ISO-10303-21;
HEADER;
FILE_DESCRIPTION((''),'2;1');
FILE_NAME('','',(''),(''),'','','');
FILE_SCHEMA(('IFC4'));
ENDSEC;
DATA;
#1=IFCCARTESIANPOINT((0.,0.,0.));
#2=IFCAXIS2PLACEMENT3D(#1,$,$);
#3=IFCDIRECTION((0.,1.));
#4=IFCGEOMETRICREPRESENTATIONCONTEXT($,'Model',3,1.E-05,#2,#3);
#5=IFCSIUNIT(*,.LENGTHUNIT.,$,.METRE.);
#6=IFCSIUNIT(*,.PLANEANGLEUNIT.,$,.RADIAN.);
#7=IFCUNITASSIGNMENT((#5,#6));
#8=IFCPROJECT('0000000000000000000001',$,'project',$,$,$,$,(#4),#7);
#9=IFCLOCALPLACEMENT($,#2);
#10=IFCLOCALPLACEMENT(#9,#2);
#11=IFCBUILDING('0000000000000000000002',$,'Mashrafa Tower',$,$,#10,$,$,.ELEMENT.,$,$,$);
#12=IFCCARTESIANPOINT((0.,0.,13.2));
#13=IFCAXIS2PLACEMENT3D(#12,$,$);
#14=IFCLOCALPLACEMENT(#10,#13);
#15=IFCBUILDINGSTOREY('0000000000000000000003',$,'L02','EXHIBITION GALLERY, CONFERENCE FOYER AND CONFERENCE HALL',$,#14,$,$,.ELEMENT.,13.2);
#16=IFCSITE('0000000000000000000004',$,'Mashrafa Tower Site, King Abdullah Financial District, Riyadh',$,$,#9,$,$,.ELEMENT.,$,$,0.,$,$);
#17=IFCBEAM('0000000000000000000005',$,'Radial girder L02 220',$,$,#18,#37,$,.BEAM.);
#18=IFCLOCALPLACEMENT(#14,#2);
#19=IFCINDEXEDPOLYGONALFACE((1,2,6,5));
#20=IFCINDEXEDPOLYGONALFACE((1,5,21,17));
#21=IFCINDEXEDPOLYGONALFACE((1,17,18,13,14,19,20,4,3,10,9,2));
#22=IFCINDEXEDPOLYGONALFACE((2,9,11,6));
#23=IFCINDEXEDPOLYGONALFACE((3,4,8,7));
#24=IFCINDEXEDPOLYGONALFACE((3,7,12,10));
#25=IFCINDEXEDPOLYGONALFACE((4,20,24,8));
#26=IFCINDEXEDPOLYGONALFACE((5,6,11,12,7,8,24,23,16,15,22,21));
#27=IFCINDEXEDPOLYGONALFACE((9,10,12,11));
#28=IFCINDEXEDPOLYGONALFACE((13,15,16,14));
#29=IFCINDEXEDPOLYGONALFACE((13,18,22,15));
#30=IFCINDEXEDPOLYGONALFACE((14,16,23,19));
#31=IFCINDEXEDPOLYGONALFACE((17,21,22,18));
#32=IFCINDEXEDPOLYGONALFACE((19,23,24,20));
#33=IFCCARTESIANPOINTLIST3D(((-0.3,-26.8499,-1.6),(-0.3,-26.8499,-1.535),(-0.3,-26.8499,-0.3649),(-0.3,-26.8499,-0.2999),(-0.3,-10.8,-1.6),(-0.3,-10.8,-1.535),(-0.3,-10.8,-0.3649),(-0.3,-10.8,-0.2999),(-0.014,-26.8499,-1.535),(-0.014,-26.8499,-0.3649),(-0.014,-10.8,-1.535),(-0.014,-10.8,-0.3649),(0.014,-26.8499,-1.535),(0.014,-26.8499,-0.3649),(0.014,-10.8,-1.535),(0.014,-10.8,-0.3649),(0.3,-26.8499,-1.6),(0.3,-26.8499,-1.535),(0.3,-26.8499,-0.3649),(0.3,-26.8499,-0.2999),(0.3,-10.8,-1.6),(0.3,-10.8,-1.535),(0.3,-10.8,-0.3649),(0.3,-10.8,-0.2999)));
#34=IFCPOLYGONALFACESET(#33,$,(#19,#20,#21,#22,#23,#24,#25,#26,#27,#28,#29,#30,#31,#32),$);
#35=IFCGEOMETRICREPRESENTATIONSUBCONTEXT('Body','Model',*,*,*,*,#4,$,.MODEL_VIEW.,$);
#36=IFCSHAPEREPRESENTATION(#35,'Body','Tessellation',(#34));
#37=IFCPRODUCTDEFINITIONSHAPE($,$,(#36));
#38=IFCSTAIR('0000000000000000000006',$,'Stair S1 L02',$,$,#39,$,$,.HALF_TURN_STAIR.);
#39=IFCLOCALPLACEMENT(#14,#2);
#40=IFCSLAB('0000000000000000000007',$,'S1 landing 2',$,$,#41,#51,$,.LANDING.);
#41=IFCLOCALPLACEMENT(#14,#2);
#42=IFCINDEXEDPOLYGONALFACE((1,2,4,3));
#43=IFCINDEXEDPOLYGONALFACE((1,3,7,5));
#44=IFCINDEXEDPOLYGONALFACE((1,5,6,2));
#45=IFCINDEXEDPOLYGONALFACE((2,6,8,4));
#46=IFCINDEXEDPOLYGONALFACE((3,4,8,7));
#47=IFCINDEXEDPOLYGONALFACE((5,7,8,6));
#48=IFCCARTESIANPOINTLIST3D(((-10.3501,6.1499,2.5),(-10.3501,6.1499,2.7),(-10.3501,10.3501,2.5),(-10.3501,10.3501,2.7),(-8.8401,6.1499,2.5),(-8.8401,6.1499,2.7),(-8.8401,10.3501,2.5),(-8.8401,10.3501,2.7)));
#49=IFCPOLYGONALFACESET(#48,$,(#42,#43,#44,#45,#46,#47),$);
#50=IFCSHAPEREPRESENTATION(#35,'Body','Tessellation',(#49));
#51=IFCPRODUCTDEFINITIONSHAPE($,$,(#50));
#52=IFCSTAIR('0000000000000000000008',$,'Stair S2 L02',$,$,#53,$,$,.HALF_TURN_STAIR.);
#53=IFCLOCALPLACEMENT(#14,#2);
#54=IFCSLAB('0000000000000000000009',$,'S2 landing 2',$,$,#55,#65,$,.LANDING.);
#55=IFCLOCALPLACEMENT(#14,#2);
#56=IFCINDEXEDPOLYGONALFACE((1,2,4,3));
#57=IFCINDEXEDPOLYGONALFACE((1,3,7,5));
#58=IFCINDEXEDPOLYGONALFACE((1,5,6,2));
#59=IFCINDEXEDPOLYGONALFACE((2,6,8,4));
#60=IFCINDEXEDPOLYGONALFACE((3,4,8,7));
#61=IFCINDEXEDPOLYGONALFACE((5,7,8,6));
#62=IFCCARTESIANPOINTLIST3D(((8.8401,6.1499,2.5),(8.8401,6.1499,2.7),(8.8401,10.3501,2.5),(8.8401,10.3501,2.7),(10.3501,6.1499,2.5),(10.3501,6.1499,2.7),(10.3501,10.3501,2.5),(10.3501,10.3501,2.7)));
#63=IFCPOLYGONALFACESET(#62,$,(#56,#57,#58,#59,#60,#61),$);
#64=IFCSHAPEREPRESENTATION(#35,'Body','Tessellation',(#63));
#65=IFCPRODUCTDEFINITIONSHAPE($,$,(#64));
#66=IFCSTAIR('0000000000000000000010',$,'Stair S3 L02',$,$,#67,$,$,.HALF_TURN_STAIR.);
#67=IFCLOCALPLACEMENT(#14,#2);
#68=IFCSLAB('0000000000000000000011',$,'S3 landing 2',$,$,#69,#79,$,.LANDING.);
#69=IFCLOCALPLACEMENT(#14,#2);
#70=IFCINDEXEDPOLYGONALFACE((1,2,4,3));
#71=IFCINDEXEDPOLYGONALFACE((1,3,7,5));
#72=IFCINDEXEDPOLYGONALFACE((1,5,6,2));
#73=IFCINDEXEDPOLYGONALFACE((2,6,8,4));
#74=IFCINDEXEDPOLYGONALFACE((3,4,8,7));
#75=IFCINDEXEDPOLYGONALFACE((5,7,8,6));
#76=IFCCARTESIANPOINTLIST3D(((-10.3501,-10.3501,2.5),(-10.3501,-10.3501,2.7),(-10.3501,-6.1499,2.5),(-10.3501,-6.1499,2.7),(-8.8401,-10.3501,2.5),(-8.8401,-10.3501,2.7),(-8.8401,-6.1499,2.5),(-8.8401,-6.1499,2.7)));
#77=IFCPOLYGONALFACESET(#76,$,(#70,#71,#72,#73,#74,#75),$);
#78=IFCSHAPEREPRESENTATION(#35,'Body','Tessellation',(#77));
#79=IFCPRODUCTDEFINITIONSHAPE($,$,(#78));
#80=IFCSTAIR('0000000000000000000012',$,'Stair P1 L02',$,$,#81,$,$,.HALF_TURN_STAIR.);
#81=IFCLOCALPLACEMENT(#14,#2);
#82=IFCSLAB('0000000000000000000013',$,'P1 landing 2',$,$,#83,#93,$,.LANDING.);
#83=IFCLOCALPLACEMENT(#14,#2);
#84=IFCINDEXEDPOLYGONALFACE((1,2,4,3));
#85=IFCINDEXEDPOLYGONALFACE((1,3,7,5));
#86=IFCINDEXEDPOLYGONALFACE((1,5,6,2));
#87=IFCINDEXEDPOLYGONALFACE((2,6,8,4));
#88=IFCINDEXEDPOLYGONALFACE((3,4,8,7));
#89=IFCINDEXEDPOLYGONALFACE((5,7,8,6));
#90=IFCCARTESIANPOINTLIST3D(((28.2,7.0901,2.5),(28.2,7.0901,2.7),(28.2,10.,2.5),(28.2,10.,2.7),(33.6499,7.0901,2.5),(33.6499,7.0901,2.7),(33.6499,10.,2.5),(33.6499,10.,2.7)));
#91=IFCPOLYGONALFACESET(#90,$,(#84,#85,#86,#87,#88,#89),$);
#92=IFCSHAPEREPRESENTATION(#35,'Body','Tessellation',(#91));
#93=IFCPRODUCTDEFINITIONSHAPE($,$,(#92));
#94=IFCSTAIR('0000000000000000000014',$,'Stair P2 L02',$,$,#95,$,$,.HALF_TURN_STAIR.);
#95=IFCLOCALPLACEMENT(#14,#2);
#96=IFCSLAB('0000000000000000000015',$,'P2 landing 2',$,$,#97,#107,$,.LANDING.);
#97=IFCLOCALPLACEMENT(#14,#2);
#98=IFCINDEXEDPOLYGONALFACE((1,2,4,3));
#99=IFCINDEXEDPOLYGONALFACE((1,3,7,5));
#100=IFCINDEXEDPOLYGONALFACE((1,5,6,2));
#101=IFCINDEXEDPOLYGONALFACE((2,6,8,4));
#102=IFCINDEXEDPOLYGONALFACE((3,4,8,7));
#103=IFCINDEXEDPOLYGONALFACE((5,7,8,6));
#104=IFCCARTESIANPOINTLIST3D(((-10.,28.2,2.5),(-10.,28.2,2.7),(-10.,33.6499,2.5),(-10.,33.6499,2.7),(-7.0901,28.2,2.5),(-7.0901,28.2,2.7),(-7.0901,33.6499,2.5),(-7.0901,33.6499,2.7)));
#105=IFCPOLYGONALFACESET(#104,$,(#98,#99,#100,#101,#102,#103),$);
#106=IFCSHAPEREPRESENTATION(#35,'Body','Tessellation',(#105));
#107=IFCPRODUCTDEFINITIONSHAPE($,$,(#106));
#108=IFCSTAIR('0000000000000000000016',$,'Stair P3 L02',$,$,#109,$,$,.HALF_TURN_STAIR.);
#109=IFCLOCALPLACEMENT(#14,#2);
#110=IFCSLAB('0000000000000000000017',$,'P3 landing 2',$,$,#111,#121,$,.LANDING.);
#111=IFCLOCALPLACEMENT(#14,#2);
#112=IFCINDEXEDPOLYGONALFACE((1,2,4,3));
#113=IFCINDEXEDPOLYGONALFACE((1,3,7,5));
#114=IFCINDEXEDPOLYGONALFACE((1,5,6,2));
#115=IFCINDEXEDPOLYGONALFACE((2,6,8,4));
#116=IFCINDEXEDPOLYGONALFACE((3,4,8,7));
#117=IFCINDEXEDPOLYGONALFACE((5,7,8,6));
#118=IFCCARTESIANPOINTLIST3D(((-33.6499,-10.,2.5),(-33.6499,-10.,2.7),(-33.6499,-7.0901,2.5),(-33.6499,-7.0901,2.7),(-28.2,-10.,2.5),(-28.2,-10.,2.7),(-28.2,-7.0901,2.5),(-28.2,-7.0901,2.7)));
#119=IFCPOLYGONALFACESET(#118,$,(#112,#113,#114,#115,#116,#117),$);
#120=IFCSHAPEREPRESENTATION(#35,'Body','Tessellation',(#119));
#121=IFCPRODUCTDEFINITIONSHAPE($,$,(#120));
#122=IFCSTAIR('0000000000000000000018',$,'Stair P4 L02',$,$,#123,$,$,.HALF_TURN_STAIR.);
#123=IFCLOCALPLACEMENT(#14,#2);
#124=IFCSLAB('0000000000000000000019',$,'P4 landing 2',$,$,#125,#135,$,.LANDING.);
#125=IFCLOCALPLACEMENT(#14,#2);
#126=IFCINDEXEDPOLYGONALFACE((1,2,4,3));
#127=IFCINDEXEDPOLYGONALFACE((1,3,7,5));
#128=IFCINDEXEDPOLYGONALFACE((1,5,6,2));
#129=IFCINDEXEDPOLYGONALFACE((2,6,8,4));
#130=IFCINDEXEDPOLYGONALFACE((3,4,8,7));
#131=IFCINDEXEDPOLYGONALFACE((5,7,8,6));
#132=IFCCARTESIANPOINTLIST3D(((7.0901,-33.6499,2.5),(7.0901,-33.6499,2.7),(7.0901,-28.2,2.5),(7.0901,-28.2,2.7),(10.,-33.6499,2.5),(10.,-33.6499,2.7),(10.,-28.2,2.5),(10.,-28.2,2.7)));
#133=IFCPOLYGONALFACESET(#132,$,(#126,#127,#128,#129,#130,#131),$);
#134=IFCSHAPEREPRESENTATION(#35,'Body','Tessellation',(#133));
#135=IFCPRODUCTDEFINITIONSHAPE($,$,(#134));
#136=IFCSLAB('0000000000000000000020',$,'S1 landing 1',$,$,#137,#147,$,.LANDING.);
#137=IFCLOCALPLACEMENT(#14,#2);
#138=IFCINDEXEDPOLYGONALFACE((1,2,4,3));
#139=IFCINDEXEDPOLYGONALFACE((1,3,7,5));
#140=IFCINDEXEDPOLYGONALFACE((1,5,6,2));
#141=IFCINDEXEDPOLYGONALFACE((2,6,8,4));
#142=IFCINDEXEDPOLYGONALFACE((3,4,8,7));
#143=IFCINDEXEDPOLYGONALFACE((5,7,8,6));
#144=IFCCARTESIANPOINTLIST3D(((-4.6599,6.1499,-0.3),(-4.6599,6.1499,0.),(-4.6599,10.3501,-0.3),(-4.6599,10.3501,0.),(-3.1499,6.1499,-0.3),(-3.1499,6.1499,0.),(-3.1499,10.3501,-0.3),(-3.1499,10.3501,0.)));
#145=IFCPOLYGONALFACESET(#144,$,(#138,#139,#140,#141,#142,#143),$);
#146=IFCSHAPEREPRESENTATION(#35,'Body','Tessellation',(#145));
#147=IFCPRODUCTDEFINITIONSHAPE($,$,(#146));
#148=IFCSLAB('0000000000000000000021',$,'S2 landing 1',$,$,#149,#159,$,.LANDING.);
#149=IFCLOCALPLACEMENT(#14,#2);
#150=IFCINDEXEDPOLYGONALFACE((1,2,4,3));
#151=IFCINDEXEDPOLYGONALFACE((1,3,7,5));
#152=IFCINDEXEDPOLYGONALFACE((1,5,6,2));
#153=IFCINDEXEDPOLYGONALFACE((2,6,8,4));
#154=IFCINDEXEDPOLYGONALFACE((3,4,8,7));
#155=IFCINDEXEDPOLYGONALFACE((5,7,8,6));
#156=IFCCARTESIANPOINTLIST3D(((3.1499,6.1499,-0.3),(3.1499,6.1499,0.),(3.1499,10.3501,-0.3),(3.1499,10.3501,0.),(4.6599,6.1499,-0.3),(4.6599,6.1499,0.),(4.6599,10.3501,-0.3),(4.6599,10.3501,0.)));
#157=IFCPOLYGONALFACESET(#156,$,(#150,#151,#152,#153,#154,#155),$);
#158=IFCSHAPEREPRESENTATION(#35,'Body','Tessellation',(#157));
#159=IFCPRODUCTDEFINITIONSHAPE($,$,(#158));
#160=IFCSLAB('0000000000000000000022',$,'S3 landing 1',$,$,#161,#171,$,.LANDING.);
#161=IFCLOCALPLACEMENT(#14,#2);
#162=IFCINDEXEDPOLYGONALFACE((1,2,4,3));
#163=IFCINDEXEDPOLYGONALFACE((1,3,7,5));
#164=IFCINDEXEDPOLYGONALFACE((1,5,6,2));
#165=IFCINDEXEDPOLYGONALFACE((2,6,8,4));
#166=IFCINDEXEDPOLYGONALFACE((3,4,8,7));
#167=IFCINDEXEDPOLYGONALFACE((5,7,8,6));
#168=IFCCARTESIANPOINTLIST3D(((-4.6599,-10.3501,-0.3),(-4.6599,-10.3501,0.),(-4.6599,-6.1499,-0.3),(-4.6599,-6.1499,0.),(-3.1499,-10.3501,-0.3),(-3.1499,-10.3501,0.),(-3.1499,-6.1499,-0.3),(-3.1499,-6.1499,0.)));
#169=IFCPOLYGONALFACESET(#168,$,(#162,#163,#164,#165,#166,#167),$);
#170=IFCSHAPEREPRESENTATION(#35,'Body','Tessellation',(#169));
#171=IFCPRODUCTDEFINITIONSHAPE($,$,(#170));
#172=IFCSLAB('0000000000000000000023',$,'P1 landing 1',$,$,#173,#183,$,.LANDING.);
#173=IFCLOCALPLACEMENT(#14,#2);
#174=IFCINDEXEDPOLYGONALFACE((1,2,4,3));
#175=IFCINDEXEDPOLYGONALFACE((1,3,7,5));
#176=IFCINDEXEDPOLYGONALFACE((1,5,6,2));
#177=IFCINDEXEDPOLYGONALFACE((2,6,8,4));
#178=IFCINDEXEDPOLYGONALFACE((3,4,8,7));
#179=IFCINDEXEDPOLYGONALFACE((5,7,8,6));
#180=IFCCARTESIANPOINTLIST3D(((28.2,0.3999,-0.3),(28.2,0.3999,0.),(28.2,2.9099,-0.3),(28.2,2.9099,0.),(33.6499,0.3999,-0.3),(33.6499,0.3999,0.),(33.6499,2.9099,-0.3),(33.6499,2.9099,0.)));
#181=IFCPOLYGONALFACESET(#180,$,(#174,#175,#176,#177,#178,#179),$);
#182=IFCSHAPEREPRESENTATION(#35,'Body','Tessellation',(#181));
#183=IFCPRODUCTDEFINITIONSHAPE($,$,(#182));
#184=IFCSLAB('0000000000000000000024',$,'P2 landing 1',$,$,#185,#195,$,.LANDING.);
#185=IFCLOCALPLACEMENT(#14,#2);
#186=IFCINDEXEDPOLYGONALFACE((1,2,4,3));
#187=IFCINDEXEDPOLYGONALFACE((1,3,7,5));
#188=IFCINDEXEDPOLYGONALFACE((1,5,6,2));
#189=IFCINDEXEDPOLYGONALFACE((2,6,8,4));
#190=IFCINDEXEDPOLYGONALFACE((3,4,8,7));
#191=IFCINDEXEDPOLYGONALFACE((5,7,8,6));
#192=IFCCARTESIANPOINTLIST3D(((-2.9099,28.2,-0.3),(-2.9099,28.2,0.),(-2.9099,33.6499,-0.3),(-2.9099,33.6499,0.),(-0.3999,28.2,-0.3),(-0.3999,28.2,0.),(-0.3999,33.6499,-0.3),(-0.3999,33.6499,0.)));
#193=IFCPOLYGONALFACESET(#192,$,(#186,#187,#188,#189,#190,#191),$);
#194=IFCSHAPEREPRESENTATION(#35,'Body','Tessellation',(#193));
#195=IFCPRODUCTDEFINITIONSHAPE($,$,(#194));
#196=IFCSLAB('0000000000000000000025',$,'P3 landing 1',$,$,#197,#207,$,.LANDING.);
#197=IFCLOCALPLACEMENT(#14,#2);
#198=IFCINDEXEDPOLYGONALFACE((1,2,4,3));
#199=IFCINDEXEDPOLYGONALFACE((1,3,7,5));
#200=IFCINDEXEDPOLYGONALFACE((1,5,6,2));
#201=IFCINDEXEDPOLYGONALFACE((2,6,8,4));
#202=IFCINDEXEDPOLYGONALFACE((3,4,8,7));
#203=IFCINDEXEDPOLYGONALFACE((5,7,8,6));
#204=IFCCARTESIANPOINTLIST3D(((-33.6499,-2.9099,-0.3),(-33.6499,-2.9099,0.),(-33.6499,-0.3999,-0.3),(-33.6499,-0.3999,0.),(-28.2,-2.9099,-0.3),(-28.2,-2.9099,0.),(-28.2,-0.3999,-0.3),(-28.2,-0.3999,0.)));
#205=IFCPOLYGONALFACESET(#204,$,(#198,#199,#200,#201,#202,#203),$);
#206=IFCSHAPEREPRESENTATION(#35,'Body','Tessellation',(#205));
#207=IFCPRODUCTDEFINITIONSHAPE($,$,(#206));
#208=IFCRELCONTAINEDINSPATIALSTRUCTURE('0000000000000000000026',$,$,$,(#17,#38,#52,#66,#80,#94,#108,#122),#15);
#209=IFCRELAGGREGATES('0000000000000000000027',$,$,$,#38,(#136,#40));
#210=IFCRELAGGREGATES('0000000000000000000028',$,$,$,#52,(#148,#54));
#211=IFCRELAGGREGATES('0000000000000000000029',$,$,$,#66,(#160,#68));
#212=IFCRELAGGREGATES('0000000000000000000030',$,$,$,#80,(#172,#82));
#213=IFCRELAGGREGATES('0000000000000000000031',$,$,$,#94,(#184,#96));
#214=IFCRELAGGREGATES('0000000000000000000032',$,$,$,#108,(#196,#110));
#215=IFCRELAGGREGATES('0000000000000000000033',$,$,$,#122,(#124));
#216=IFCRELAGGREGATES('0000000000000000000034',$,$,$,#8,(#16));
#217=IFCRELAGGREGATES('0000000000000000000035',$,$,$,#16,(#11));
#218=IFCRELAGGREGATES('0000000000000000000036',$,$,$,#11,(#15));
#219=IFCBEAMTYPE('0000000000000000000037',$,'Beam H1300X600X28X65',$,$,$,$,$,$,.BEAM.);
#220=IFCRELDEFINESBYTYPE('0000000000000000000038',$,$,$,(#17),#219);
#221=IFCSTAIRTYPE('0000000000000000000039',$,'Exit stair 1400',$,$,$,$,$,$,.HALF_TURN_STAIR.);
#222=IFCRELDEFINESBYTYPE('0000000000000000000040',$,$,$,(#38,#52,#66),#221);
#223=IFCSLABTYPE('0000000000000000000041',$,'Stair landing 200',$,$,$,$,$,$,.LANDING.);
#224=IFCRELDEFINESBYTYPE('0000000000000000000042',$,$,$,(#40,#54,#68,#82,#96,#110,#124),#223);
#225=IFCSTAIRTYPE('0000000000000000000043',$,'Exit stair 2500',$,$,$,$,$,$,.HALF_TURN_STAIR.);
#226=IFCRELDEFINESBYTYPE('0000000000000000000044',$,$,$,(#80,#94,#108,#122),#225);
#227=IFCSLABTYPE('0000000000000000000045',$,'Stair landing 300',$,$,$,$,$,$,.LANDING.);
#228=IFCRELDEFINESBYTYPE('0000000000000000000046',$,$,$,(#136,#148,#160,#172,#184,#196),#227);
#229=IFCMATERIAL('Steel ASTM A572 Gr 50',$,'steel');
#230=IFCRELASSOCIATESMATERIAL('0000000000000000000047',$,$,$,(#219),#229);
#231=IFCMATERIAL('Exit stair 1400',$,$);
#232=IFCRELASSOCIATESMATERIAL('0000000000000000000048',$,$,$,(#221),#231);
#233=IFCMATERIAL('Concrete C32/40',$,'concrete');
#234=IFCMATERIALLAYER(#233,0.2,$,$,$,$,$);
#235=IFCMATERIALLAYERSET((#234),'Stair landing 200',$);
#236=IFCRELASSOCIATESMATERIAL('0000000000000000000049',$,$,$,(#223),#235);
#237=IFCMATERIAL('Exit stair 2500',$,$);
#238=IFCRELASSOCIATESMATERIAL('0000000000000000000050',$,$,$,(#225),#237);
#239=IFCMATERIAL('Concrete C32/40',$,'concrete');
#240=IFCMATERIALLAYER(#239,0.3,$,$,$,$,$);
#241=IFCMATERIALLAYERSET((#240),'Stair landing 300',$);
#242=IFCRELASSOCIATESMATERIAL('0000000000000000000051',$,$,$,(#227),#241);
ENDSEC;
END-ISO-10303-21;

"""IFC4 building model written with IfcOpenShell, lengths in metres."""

from ifc_helpers import new_model, si_unit, direction, frame, origin, origin_2d, place, context, subcontext, project, spatial, polyline, i_section, outline, extrude, material, layer, layer_set, material_profile, profile_set, type_object, element, aggregate, save


model = new_model("IFC4")

# Units and contexts
model_context = context("Model", 3, precision=1e-05, world=origin(), true_north=direction((0.0, 1.0)))
body_context = subcontext(model_context, "Body", "Model", "MODEL_VIEW")
ifc_project = project(units=[si_unit("LENGTHUNIT", "METRE"), si_unit("PLANEANGLEUNIT", "RADIAN")], contexts=[model_context])

# Site, building, storey
site_placement = place(None, origin())
site = spatial("IfcSite", under=ifc_project, at=site_placement, Name="Mashrafa Tower Site, King Abdullah Financial District, Riyadh", CompositionType="ELEMENT", RefElevation=0.0)
building_placement = place(site_placement, origin())
building = spatial("IfcBuilding", under=site, at=building_placement, Name="Mashrafa Tower", CompositionType="ELEMENT")
storey_placement = place(building_placement, frame((0.0, 0.0, 13.2)))
storey = spatial("IfcBuildingStorey", under=building, at=storey_placement, Name="L02", Description="EXHIBITION GALLERY, CONFERENCE FOYER AND CONFERENCE HALL", CompositionType="ELEMENT", Elevation=13.2)

# Beam
ifc_material_1 = material(Name="Steel ASTM A572 Gr 50", Category="steel")
ifc_material_profile = material_profile(ifc_material_1, i_section(OverallWidth=0.6001, OverallDepth=1.3, WebThickness=0.0281, FlangeThickness=0.0649, at=origin_2d()), Name="H1300X600X28X65")
ifc_profile_set = profile_set([ifc_material_profile], Name="Steel ASTM A572 Gr 50")
beam_type = type_object("IfcBeamType", Name="Beam H1300X600X28X65", PredefinedType="BEAM", material=ifc_profile_set)
beam_placement = place(storey_placement, frame((0.0, -10.8, -0.95), z_axis=(0.0, -1.0, 0.0), x_axis=(1.0, 0.0, 0.0)))
element("IfcBeam", 1, at=beam_placement, inside=storey, type_object=beam_type, Name="Radial girder L02 220", PredefinedType="BEAM", context=body_context, shape_type="SweptSolid", body=[
    extrude(i_section(OverallWidth=0.6001, OverallDepth=1.3, WebThickness=0.0281, FlangeThickness=0.0649, at=origin_2d()), origin(), (0.0, 0.0, 1.0), 16.0498),
])

# Stairs, slabs
ifc_material_2 = material(Name="Exit stair 1400")
stair_type_1 = type_object("IfcStairType", Name="Exit stair 1400", PredefinedType="HALF_TURN_STAIR", material=ifc_material_2)
stair_1_placement = place(storey_placement, origin())
stair_1 = element("IfcStair", 2, at=stair_1_placement, inside=storey, type_object=stair_type_1, Name="Stair S1 L02", PredefinedType="HALF_TURN_STAIR")
ifc_material_3 = material(Name="Concrete C32/40", Category="concrete")
ifc_layer_1 = layer(ifc_material_3, 0.2)
ifc_layer_set_1 = layer_set([ifc_layer_1], Name="Stair landing 200")
slab_type_1 = type_object("IfcSlabType", Name="Stair landing 200", PredefinedType="LANDING", material=ifc_layer_set_1)
slab_1_placement = place(storey_placement, frame((0.0, 0.0, 2.5)))
slab_1 = element("IfcSlab", 3, at=slab_1_placement, type_object=slab_type_1, Name="S1 landing 2", PredefinedType="LANDING", context=body_context, shape_type="SweptSolid", body=[
    extrude(outline(polyline([(-10.3501, 6.1499), (-8.8401, 6.1499), (-8.8401, 10.3501), (-10.3501, 10.3501), (-10.3501, 6.1499)])), origin(), (0.0, 0.0, 1.0), 0.2),
])
stair_2_placement = place(storey_placement, origin())
stair_2 = element("IfcStair", 4, at=stair_2_placement, inside=storey, type_object=stair_type_1, Name="Stair S2 L02", PredefinedType="HALF_TURN_STAIR")
slab_2_placement = place(storey_placement, frame((0.0, 0.0, 2.5)))
slab_2 = element("IfcSlab", 5, at=slab_2_placement, type_object=slab_type_1, Name="S2 landing 2", PredefinedType="LANDING", context=body_context, shape_type="SweptSolid", body=[
    extrude(outline(polyline([(8.8401, 6.1499), (10.3501, 6.1499), (10.3501, 10.3501), (8.8401, 10.3501), (8.8401, 6.1499)])), origin(), (0.0, 0.0, 1.0), 0.2),
])
stair_3_placement = place(storey_placement, origin())
stair_3 = element("IfcStair", 6, at=stair_3_placement, inside=storey, type_object=stair_type_1, Name="Stair S3 L02", PredefinedType="HALF_TURN_STAIR")
slab_3_placement = place(storey_placement, frame((0.0, 0.0, 2.5)))
slab_3 = element("IfcSlab", 7, at=slab_3_placement, type_object=slab_type_1, Name="S3 landing 2", PredefinedType="LANDING", context=body_context, shape_type="SweptSolid", body=[
    extrude(outline(polyline([(-10.3501, -10.3501), (-8.8401, -10.3501), (-8.8401, -6.1499), (-10.3501, -6.1499), (-10.3501, -10.3501)])), origin(), (0.0, 0.0, 1.0), 0.2),
])
ifc_material_4 = material(Name="Exit stair 2500")
stair_type_2 = type_object("IfcStairType", Name="Exit stair 2500", PredefinedType="HALF_TURN_STAIR", material=ifc_material_4)
stair_4_placement = place(storey_placement, origin())
stair_4 = element("IfcStair", 8, at=stair_4_placement, inside=storey, type_object=stair_type_2, Name="Stair P1 L02", PredefinedType="HALF_TURN_STAIR")
slab_4_placement = place(storey_placement, frame((0.0, 0.0, 2.5)))
slab_4 = element("IfcSlab", 9, at=slab_4_placement, type_object=slab_type_1, Name="P1 landing 2", PredefinedType="LANDING", context=body_context, shape_type="SweptSolid", body=[
    extrude(outline(polyline([(33.6499, 7.0901), (33.6499, 10.0), (28.2, 10.0), (28.2, 7.0901), (33.6499, 7.0901)])), origin(), (0.0, 0.0, 1.0), 0.2),
])
stair_5_placement = place(storey_placement, origin())
stair_5 = element("IfcStair", 10, at=stair_5_placement, inside=storey, type_object=stair_type_2, Name="Stair P2 L02", PredefinedType="HALF_TURN_STAIR")
slab_5_placement = place(storey_placement, frame((0.0, 0.0, 2.5)))
slab_5 = element("IfcSlab", 11, at=slab_5_placement, type_object=slab_type_1, Name="P2 landing 2", PredefinedType="LANDING", context=body_context, shape_type="SweptSolid", body=[
    extrude(outline(polyline([(-10.0, 28.2), (-7.0901, 28.2), (-7.0901, 33.6499), (-10.0, 33.6499), (-10.0, 28.2)])), origin(), (0.0, 0.0, 1.0), 0.2),
])
stair_6_placement = place(storey_placement, origin())
stair_6 = element("IfcStair", 12, at=stair_6_placement, inside=storey, type_object=stair_type_2, Name="Stair P3 L02", PredefinedType="HALF_TURN_STAIR")
slab_6_placement = place(storey_placement, frame((0.0, 0.0, 2.5)))
slab_6 = element("IfcSlab", 13, at=slab_6_placement, type_object=slab_type_1, Name="P3 landing 2", PredefinedType="LANDING", context=body_context, shape_type="SweptSolid", body=[
    extrude(outline(polyline([(-28.2, -10.0), (-28.2, -7.0901), (-33.6499, -7.0901), (-33.6499, -10.0), (-28.2, -10.0)])), origin(), (0.0, 0.0, 1.0), 0.2),
])
stair_7_placement = place(storey_placement, origin())
stair_7 = element("IfcStair", 14, at=stair_7_placement, inside=storey, type_object=stair_type_2, Name="Stair P4 L02", PredefinedType="HALF_TURN_STAIR")
slab_7_placement = place(storey_placement, frame((0.0, 0.0, 2.5)))
slab_7 = element("IfcSlab", 15, at=slab_7_placement, type_object=slab_type_1, Name="P4 landing 2", PredefinedType="LANDING", context=body_context, shape_type="SweptSolid", body=[
    extrude(outline(polyline([(7.0901, -33.6499), (10.0, -33.6499), (10.0, -28.2), (7.0901, -28.2), (7.0901, -33.6499)])), origin(), (0.0, 0.0, 1.0), 0.2),
])

# Slabs
ifc_material_5 = material(Name="Concrete C32/40", Category="concrete")
ifc_layer_2 = layer(ifc_material_5, 0.3)
ifc_layer_set_2 = layer_set([ifc_layer_2], Name="Stair landing 300")
slab_type_2 = type_object("IfcSlabType", Name="Stair landing 300", PredefinedType="LANDING", material=ifc_layer_set_2)
slab_8_placement = place(storey_placement, frame((0.0, 0.0, -0.3)))
slab_8 = element("IfcSlab", 16, at=slab_8_placement, type_object=slab_type_2, Name="S1 landing 1", PredefinedType="LANDING", context=body_context, shape_type="SweptSolid", body=[
    extrude(outline(polyline([(-4.6599, 6.1499), (-3.1499, 6.1499), (-3.1499, 10.3501), (-4.6599, 10.3501), (-4.6599, 6.1499)])), origin(), (0.0, 0.0, 1.0), 0.3),
])
aggregate(stair_1, [slab_8, slab_1])
slab_9_placement = place(storey_placement, frame((0.0, 0.0, -0.3)))
slab_9 = element("IfcSlab", 17, at=slab_9_placement, type_object=slab_type_2, Name="S2 landing 1", PredefinedType="LANDING", context=body_context, shape_type="SweptSolid", body=[
    extrude(outline(polyline([(3.1499, 6.1499), (4.6599, 6.1499), (4.6599, 10.3501), (3.1499, 10.3501), (3.1499, 6.1499)])), origin(), (0.0, 0.0, 1.0), 0.3),
])
aggregate(stair_2, [slab_9, slab_2])
slab_10_placement = place(storey_placement, frame((0.0, 0.0, -0.3)))
slab_10 = element("IfcSlab", 18, at=slab_10_placement, type_object=slab_type_2, Name="S3 landing 1", PredefinedType="LANDING", context=body_context, shape_type="SweptSolid", body=[
    extrude(outline(polyline([(-4.6599, -10.3501), (-3.1499, -10.3501), (-3.1499, -6.1499), (-4.6599, -6.1499), (-4.6599, -10.3501)])), origin(), (0.0, 0.0, 1.0), 0.3),
])
aggregate(stair_3, [slab_10, slab_3])
slab_11_placement = place(storey_placement, frame((0.0, 0.0, -0.3)))
slab_11 = element("IfcSlab", 19, at=slab_11_placement, type_object=slab_type_2, Name="P1 landing 1", PredefinedType="LANDING", context=body_context, shape_type="SweptSolid", body=[
    extrude(outline(polyline([(33.6499, 0.3999), (33.6499, 2.9099), (28.2, 2.9099), (28.2, 0.3999), (33.6499, 0.3999)])), origin(), (0.0, 0.0, 1.0), 0.3),
])
aggregate(stair_4, [slab_11, slab_4])
slab_12_placement = place(storey_placement, frame((0.0, 0.0, -0.3)))
slab_12 = element("IfcSlab", 20, at=slab_12_placement, type_object=slab_type_2, Name="P2 landing 1", PredefinedType="LANDING", context=body_context, shape_type="SweptSolid", body=[
    extrude(outline(polyline([(-2.9099, 28.2), (-0.3999, 28.2), (-0.3999, 33.6499), (-2.9099, 33.6499), (-2.9099, 28.2)])), origin(), (0.0, 0.0, 1.0), 0.3),
])
aggregate(stair_5, [slab_12, slab_5])
slab_13_placement = place(storey_placement, frame((0.0, 0.0, -0.3)))
slab_13 = element("IfcSlab", 21, at=slab_13_placement, type_object=slab_type_2, Name="P3 landing 1", PredefinedType="LANDING", context=body_context, shape_type="SweptSolid", body=[
    extrude(outline(polyline([(-28.2, -2.9099), (-28.2, -0.3999), (-33.6499, -0.3999), (-33.6499, -2.9099), (-28.2, -2.9099)])), origin(), (0.0, 0.0, 1.0), 0.3),
])
aggregate(stair_6, [slab_13, slab_6])
aggregate(stair_7, [slab_7])

save(model, "model.ifc")
